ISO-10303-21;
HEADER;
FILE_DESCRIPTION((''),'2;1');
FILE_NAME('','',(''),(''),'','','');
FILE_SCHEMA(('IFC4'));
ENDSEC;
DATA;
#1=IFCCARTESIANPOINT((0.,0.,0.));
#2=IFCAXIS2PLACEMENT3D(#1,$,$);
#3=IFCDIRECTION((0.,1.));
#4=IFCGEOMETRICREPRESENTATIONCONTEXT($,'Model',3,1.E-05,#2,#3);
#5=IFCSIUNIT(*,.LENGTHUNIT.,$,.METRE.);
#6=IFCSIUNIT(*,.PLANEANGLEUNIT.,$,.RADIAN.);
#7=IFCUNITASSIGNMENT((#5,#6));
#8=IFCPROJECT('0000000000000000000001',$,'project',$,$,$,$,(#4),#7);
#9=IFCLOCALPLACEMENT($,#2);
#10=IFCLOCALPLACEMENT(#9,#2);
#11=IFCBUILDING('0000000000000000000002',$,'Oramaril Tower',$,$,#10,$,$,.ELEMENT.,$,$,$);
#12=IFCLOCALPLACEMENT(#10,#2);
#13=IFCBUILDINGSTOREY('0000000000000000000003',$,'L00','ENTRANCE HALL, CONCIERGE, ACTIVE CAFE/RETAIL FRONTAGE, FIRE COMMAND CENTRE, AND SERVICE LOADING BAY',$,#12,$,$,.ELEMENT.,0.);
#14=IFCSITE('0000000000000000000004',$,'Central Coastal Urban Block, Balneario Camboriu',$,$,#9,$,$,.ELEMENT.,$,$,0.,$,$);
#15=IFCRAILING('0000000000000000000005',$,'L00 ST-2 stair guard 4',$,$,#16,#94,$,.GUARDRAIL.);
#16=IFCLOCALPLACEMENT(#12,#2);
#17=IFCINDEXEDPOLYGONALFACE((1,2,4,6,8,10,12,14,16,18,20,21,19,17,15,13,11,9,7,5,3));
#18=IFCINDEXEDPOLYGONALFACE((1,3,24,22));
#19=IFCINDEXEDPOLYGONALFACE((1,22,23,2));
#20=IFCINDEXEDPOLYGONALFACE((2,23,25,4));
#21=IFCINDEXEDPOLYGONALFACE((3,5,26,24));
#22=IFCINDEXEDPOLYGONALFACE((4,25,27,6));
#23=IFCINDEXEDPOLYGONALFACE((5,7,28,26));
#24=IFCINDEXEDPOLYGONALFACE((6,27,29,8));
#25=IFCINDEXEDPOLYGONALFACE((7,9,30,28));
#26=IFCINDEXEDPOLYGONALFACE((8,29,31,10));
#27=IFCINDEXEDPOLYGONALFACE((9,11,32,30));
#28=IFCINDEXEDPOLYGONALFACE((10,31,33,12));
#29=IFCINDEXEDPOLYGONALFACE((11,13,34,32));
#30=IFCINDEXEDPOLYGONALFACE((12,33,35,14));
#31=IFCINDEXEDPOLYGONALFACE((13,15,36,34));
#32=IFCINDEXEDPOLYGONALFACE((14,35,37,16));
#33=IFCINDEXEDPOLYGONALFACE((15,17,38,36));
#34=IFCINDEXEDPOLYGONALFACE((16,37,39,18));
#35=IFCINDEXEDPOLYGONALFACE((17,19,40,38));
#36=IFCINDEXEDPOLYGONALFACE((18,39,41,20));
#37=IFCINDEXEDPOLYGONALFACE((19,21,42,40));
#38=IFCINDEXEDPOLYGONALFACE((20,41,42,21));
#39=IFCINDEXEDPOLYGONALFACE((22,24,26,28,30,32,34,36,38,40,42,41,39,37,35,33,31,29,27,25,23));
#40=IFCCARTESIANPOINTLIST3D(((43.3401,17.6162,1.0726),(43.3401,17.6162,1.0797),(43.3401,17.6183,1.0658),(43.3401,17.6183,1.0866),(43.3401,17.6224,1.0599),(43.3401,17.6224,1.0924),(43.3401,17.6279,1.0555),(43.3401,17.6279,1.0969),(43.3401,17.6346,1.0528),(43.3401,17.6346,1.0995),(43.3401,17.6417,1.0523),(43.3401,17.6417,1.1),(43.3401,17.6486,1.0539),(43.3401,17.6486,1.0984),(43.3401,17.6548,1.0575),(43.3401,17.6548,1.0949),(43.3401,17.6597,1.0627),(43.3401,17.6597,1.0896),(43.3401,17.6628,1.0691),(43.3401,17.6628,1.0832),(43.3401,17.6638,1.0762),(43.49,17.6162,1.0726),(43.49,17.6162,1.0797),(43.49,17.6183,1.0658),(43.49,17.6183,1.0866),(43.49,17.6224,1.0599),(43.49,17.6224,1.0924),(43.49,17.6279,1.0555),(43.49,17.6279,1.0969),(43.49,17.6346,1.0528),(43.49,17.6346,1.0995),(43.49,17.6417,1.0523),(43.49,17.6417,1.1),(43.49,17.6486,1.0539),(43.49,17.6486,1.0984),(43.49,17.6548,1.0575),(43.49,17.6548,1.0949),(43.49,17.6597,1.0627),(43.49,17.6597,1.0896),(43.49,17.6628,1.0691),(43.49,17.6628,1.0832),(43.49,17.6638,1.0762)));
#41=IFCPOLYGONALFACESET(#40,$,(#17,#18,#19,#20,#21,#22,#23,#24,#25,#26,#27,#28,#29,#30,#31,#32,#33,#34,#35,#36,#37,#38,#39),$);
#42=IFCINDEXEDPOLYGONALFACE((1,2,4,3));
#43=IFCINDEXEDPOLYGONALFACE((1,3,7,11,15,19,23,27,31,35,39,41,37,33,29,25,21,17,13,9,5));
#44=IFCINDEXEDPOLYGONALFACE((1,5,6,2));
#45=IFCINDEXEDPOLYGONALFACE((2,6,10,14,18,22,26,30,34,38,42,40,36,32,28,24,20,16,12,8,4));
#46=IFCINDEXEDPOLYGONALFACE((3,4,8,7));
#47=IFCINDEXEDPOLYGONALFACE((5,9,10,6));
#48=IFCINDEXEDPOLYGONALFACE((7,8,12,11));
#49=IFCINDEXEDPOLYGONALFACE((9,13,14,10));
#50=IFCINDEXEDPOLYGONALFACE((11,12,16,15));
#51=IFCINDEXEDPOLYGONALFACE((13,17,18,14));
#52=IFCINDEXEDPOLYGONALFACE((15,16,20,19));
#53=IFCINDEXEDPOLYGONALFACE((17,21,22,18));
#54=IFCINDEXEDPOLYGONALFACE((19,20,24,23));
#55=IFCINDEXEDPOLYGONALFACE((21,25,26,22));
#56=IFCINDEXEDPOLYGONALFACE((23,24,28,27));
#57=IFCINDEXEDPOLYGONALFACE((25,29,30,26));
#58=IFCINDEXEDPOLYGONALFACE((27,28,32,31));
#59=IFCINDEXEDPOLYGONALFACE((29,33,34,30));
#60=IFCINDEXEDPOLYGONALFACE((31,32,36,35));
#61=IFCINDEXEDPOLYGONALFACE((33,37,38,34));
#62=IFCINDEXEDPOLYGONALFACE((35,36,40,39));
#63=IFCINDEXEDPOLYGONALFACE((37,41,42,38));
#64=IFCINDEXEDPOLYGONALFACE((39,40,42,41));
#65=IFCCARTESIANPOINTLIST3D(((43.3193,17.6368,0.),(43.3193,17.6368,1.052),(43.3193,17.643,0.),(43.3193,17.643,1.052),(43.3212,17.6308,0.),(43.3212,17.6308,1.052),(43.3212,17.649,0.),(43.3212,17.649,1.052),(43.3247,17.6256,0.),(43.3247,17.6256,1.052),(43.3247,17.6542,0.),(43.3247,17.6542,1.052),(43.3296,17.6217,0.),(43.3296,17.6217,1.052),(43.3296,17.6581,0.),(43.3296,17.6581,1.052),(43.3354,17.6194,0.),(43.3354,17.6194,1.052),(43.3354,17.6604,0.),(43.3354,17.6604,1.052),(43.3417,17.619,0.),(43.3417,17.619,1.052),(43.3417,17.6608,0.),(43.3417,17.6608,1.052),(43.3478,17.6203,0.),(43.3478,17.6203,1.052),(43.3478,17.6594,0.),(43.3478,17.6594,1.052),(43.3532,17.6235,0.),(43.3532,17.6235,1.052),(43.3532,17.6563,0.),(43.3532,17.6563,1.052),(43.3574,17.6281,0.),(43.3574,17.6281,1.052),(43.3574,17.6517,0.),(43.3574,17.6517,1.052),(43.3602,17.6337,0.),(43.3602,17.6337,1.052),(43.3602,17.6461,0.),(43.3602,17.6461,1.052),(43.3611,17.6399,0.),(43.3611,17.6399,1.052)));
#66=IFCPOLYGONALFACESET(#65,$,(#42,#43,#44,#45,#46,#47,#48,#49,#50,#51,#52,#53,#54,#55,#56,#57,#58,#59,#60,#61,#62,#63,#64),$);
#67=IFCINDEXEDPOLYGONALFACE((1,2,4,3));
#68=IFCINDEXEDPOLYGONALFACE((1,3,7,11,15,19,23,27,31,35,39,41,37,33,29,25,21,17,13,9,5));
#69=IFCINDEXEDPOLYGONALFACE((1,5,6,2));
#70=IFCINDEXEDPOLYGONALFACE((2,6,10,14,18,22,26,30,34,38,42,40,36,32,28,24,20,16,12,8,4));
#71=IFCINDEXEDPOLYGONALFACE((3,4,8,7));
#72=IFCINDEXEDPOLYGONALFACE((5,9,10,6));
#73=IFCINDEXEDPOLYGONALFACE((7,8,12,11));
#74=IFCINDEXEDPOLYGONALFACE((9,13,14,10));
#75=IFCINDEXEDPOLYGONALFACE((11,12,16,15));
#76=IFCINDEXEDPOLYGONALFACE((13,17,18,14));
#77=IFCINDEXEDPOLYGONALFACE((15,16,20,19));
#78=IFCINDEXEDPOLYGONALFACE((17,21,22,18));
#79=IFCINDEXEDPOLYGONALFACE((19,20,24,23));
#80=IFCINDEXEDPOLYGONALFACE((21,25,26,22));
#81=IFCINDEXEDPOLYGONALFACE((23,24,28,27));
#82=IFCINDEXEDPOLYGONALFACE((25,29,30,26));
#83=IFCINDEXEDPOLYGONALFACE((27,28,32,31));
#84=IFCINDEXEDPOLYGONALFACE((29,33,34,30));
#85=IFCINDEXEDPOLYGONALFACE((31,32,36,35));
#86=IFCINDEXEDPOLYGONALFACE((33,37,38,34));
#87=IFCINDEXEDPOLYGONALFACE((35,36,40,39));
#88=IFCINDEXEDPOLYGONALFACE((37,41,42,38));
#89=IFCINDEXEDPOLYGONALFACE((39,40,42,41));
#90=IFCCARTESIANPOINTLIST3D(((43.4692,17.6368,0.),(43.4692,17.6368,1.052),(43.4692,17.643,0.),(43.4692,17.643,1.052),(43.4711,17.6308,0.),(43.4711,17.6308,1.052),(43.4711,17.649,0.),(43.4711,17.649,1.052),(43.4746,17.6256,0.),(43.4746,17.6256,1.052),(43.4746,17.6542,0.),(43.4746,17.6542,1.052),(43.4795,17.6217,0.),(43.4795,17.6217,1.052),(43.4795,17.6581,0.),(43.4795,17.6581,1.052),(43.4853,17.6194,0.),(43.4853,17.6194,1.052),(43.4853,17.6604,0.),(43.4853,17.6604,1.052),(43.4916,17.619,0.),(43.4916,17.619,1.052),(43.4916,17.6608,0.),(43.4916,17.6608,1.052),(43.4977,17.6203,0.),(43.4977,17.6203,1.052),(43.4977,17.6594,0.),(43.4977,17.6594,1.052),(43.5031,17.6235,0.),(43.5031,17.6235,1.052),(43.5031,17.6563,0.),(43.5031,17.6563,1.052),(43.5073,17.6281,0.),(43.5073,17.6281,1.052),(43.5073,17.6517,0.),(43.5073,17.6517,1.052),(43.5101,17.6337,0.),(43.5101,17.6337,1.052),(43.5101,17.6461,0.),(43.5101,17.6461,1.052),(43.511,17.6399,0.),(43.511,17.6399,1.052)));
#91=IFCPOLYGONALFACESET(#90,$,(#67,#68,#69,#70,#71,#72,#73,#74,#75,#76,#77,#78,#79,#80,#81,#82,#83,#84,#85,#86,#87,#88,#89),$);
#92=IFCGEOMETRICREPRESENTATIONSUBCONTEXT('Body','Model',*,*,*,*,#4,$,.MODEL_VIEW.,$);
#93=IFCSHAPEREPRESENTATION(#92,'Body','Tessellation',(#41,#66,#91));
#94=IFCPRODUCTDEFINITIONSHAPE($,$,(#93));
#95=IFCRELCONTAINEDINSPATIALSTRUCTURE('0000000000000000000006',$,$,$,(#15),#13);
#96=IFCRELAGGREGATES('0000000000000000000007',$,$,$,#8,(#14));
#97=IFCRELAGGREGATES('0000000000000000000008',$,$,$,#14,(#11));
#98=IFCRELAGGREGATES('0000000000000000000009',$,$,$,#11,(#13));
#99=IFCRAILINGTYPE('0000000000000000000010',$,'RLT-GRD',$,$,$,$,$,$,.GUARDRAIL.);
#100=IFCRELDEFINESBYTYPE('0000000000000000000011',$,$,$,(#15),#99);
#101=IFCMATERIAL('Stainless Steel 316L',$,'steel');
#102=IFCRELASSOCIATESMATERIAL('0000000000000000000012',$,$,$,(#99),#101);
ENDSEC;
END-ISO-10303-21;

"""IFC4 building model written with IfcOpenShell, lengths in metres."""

from ifc_helpers import new_model, si_unit, direction, frame, origin, origin_2d, place, context, subcontext, project, spatial, circle, extrude, material, type_object, element, save


model = new_model("IFC4")

# Units and contexts
model_context = context("Model", 3, precision=1e-05, world=origin(), true_north=direction((0.0, 1.0)))
body_context = subcontext(model_context, "Body", "Model", "MODEL_VIEW")
ifc_project = project(units=[si_unit("LENGTHUNIT", "METRE"), si_unit("PLANEANGLEUNIT", "RADIAN")], contexts=[model_context])

# Site, building, storey
site_placement = place(None, origin())
site = spatial("IfcSite", under=ifc_project, at=site_placement, Name="Central Coastal Urban Block, Balneario Camboriu", CompositionType="ELEMENT", RefElevation=0.0)
building_placement = place(site_placement, origin())
building = spatial("IfcBuilding", under=site, at=building_placement, Name="Oramaril Tower", CompositionType="ELEMENT")
storey_placement = place(building_placement, origin())
storey = spatial("IfcBuildingStorey", under=building, at=storey_placement, Name="L00", Description="ENTRANCE HALL, CONCIERGE, ACTIVE CAFE/RETAIL FRONTAGE, FIRE COMMAND CENTRE, AND SERVICE LOADING BAY", CompositionType="ELEMENT", Elevation=0.0)

# Railing
ifc_material_1 = material(Name="Stainless Steel 316L", Category="steel")
railing_type_1 = type_object("IfcRailingType", Name="RLT-GRD", PredefinedType="GUARDRAIL", material=ifc_material_1)
railing_1_placement = place(storey_placement, frame((43.3401, 17.6399, 0.0)))
element("IfcRailing", 1, at=railing_1_placement, inside=storey, type_object=railing_type_1, Name="L00 ST-2 stair guard 4", PredefinedType="GUARDRAIL", context=body_context, shape_type="SweptSolid", body=[
    extrude(circle(Radius=0.0239, at=origin_2d()), frame((0.0, 0.0, 1.0762), z_axis=(1.0, 0.0, 0.0), x_axis=(0.0, 1.0, 0.0)), (0.0, 0.0, 1.0), 0.1499),
    extrude(circle(Radius=0.021, at=origin_2d()), origin(), (0.0, 0.0, 1.0), 1.052),
    extrude(circle(Radius=0.021, at=origin_2d()), frame((0.1499, 0.0, 0.0)), (0.0, 0.0, 1.0), 1.052),
])

save(model, "model.ifc")
